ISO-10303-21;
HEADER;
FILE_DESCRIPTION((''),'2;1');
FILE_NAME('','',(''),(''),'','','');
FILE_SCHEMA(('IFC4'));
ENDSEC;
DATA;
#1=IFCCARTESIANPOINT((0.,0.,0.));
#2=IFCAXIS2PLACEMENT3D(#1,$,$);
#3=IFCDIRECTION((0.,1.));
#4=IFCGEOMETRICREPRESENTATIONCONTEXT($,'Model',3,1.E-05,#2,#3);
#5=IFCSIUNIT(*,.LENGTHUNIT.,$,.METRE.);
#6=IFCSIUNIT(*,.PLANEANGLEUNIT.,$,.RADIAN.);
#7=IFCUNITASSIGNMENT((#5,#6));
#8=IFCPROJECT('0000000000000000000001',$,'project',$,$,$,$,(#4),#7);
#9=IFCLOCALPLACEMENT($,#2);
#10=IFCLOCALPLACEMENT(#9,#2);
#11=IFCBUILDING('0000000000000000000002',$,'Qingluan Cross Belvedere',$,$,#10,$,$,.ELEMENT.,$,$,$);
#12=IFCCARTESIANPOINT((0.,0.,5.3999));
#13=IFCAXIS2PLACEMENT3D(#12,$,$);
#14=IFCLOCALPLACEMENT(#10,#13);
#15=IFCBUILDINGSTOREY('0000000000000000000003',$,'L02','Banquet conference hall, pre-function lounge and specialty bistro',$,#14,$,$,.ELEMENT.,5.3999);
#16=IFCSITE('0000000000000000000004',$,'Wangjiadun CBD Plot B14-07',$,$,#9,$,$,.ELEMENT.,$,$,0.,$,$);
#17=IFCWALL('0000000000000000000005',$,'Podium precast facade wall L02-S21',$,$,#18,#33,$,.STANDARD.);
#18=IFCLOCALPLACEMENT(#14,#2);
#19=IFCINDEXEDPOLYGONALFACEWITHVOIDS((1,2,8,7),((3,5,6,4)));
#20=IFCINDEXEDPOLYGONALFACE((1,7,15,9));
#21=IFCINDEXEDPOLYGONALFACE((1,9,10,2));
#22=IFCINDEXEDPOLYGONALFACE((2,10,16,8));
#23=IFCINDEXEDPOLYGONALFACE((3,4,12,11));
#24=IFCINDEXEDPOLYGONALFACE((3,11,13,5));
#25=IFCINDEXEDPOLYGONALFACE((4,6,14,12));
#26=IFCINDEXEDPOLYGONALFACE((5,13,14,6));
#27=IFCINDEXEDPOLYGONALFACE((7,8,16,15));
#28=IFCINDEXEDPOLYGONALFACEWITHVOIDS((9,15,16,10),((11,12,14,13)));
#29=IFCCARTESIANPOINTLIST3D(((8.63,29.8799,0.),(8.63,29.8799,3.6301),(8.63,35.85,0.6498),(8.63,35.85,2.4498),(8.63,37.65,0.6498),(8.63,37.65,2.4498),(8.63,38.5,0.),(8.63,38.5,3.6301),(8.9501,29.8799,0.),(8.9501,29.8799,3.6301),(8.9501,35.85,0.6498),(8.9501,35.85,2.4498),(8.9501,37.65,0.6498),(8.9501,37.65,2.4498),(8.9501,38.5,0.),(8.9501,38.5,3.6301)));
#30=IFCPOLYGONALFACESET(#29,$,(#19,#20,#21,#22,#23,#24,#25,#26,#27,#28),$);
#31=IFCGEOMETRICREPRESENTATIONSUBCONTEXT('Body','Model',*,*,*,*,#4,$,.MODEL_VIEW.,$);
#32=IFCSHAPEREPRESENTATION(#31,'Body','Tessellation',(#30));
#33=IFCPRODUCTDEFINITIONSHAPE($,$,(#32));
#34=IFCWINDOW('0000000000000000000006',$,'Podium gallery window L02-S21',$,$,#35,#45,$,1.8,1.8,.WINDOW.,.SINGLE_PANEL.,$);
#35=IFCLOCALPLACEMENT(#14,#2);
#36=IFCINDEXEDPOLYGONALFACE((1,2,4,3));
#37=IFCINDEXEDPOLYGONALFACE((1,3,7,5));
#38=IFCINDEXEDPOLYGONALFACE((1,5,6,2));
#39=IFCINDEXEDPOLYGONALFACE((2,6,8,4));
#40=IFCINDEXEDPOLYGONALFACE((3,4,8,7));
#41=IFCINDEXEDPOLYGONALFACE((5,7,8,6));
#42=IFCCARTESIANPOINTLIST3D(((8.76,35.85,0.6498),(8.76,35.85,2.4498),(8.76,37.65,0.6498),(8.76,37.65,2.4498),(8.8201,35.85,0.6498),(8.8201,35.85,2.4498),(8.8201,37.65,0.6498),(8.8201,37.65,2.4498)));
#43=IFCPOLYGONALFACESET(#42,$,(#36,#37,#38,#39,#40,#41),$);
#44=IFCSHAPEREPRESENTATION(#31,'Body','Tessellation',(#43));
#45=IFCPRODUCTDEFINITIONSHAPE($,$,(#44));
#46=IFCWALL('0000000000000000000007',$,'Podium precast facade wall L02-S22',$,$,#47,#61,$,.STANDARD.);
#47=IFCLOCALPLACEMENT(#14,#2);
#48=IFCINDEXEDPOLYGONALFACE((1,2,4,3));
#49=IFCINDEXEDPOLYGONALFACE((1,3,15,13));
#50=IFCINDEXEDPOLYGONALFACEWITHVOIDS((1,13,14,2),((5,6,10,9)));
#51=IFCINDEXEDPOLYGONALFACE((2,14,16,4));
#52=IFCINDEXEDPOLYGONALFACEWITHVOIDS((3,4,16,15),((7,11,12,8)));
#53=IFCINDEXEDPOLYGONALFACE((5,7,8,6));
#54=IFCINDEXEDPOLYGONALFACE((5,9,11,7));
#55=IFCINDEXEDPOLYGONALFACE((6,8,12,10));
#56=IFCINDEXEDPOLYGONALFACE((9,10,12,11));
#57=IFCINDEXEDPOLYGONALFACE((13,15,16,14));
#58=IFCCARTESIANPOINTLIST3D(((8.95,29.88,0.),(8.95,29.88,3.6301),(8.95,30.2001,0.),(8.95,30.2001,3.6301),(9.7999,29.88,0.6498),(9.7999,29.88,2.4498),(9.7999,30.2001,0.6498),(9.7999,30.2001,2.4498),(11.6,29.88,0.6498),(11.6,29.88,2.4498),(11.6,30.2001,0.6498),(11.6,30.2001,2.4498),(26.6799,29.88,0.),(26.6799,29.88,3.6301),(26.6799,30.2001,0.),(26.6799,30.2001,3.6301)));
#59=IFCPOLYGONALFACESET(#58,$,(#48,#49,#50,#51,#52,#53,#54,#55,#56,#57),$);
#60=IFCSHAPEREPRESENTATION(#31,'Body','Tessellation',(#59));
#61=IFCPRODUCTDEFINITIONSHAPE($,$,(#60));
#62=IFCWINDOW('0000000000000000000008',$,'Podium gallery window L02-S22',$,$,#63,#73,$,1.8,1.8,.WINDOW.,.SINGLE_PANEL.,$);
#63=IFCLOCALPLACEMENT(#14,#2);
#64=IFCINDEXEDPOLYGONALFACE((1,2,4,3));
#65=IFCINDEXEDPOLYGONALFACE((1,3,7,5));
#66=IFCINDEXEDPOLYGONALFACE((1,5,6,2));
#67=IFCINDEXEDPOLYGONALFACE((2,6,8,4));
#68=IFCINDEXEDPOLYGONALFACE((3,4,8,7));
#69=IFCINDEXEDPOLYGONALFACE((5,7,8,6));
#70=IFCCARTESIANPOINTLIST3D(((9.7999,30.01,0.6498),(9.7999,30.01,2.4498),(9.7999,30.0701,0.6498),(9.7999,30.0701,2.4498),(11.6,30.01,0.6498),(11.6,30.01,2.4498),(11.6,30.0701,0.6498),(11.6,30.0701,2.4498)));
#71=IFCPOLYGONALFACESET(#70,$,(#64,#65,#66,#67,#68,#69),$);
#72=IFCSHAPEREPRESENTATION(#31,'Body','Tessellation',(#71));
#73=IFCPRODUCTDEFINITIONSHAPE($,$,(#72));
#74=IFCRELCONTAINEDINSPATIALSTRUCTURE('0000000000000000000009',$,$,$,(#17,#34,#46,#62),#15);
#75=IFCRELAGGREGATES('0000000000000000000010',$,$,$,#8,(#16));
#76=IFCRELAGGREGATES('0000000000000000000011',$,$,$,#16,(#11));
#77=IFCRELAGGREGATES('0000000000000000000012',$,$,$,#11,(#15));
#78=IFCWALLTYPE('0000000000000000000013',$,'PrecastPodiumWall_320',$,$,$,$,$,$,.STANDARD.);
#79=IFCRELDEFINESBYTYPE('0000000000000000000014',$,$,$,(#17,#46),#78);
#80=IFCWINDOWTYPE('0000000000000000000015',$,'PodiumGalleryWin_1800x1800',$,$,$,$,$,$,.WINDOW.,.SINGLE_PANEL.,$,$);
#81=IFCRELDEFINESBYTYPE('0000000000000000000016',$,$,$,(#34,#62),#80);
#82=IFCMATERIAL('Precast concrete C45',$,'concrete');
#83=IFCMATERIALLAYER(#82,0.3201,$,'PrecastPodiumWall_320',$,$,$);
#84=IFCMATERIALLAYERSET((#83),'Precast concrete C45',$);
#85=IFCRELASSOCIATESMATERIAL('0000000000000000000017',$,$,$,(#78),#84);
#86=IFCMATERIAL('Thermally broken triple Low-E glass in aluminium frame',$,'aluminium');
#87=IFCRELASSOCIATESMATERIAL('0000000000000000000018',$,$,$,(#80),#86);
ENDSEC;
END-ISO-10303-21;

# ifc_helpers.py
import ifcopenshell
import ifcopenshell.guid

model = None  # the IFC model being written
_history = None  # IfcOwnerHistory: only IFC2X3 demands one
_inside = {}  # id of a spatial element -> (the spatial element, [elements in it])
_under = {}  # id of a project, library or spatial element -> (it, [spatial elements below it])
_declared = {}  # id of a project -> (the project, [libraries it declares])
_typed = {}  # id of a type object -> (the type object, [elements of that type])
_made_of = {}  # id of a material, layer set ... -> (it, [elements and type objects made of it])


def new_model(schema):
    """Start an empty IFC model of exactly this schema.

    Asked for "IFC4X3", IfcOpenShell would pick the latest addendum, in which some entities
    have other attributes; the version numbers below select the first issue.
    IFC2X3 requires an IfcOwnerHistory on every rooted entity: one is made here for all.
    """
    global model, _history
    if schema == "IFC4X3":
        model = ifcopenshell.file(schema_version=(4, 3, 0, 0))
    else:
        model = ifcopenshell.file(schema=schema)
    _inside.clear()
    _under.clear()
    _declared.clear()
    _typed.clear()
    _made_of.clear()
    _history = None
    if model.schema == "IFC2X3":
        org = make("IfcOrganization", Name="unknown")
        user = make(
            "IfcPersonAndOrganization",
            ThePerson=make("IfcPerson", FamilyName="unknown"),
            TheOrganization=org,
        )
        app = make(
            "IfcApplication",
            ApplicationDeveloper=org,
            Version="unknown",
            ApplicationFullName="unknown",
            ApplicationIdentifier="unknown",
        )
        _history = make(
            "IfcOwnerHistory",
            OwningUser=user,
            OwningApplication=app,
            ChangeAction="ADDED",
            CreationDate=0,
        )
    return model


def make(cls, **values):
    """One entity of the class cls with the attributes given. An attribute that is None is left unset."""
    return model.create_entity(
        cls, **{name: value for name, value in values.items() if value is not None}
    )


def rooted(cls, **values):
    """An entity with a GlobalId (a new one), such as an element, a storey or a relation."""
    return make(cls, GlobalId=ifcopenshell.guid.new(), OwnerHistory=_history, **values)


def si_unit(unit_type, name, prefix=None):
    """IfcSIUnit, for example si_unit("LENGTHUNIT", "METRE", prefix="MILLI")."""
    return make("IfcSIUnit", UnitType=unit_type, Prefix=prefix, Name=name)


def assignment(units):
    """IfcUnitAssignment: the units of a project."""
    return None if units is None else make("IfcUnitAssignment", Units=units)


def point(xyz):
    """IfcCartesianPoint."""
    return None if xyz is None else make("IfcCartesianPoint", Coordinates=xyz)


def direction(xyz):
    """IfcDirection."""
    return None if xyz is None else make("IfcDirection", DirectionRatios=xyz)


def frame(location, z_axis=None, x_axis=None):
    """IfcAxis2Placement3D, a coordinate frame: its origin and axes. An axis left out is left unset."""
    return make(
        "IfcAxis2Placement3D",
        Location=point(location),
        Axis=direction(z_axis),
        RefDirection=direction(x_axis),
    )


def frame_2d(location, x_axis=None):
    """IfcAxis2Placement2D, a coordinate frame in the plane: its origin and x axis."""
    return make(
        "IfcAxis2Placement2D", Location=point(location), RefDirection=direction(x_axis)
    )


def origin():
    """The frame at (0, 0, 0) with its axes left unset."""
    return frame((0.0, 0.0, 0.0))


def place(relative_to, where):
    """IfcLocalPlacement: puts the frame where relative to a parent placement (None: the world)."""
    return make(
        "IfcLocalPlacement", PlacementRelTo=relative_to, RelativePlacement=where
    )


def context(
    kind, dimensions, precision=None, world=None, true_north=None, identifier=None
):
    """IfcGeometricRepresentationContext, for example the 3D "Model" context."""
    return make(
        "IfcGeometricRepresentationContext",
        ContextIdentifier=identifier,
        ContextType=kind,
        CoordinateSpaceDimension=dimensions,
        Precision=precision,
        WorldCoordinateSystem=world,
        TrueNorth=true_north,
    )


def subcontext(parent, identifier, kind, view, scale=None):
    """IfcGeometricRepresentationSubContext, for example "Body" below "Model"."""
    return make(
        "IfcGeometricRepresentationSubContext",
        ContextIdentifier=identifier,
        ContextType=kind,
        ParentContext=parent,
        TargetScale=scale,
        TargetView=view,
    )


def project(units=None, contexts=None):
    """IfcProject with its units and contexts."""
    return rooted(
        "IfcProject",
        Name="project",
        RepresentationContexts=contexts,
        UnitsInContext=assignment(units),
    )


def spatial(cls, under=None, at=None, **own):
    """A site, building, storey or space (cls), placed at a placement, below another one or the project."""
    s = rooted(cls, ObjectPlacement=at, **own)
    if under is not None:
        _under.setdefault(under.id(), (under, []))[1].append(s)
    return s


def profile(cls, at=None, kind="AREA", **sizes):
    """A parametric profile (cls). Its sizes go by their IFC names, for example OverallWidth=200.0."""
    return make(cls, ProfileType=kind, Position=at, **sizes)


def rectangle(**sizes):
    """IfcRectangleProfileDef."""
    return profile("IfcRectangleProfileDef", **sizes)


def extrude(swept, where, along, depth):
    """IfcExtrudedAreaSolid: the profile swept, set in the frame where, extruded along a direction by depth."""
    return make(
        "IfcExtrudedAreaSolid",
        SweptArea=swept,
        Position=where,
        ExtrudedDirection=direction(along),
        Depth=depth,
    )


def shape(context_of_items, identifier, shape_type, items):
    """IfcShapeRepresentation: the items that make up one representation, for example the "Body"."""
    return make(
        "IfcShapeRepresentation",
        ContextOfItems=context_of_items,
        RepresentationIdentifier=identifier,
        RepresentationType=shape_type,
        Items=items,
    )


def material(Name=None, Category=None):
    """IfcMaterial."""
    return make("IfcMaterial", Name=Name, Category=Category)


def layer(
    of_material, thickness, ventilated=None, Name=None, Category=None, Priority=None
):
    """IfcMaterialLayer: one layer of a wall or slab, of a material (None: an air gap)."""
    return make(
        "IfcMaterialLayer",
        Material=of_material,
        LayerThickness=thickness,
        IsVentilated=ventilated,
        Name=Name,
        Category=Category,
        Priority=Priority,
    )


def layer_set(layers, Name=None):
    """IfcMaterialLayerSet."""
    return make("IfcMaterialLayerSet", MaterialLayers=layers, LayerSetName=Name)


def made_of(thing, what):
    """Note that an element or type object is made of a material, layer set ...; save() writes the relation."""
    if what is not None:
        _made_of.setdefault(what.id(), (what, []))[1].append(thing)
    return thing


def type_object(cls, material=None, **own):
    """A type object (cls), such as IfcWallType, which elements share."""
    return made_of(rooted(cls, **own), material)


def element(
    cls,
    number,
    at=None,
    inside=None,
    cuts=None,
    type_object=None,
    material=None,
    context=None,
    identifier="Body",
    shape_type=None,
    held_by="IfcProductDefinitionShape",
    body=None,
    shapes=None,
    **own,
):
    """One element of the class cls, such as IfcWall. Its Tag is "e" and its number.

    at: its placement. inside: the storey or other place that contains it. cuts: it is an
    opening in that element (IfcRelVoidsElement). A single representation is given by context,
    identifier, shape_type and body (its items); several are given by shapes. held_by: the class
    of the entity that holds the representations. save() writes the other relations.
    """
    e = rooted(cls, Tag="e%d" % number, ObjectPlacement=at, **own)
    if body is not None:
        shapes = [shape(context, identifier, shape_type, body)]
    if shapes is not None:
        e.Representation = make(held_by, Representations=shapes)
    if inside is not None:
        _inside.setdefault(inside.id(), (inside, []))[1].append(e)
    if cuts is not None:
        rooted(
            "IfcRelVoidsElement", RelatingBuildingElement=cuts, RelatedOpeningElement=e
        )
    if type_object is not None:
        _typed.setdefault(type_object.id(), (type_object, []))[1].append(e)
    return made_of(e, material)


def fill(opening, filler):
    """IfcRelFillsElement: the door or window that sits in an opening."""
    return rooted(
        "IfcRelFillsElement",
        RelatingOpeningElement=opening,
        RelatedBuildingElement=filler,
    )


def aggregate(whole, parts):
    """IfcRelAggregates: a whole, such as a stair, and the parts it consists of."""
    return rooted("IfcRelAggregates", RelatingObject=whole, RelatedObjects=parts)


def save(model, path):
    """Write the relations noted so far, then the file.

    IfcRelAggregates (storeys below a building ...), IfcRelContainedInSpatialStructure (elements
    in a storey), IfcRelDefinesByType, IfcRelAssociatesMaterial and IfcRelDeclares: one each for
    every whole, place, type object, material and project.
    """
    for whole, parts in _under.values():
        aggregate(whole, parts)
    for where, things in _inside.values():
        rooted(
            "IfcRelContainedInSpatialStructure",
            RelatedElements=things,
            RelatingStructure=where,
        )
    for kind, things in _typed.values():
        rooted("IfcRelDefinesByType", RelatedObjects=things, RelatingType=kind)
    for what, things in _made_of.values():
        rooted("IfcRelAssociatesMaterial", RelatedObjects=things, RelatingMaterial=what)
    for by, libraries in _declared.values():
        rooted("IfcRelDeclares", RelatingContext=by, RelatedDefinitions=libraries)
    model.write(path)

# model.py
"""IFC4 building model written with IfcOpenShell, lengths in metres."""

from ifc_helpers import new_model, si_unit, direction, frame, frame_2d, origin, place, context, subcontext, project, spatial, rectangle, extrude, material, layer, layer_set, type_object, element, fill, save


model = new_model("IFC4")

# Units and contexts
model_context = context("Model", 3, precision=1e-05, world=origin(), true_north=direction((0.0, 1.0)))
body_context = subcontext(model_context, "Body", "Model", "MODEL_VIEW")
ifc_project = project(units=[si_unit("LENGTHUNIT", "METRE"), si_unit("PLANEANGLEUNIT", "RADIAN")], contexts=[model_context])

# Site, building, storey
site_placement = place(None, origin())
site = spatial("IfcSite", under=ifc_project, at=site_placement, Name="Wangjiadun CBD Plot B14-07", CompositionType="ELEMENT", RefElevation=0.0)
building_placement = place(site_placement, origin())
building = spatial("IfcBuilding", under=site, at=building_placement, Name="Qingluan Cross Belvedere", CompositionType="ELEMENT")
storey_placement = place(building_placement, frame((0.0, 0.0, 5.3999)))
storey = spatial("IfcBuildingStorey", under=building, at=storey_placement, Name="L02", Description="Banquet conference hall, pre-function lounge and specialty bistro", CompositionType="ELEMENT", Elevation=5.3999)

# Shared definitions
ifc_material_1 = material(Name="Precast concrete C45", Category="concrete")
ifc_layer_1 = layer(ifc_material_1, 0.3201, Name="PrecastPodiumWall_320")
ifc_layer_set_1 = layer_set([ifc_layer_1], Name="Precast concrete C45")
wall_type_1 = type_object("IfcWallType", Name="PrecastPodiumWall_320", PredefinedType="STANDARD", material=ifc_layer_set_1)

# Walls, openings, windows
wall_1_placement = place(storey_placement, frame((8.79, 38.5, 0.0), z_axis=(0.0, 0.0, 1.0), x_axis=(0.0, -1.0, 0.0)))
wall_1 = element("IfcWall", 1, at=wall_1_placement, inside=storey, type_object=wall_type_1, Name="Podium precast facade wall L02-S21", PredefinedType="STANDARD", context=body_context, shape_type="SweptSolid", body=[
    extrude(rectangle(XDim=8.6201, YDim=0.3201, at=frame_2d((4.3101, 0.0))), origin(), (0.0, 0.0, 1.0), 3.6301),
])
opening_1_placement = place(wall_1_placement, frame((0.8501, 0.0, 0.6499)))
opening_1 = element("IfcOpeningElement", 2, at=opening_1_placement, cuts=wall_1, PredefinedType="OPENING", context=body_context, shape_type="SweptSolid", body=[
    extrude(rectangle(XDim=1.8, YDim=1.8, at=frame_2d((0.8999, 0.8999))), frame((0.0, 0.1699, 0.0), z_axis=(0.0, -1.0, 0.0), x_axis=(1.0, 0.0, 0.0)), (0.0, 0.0, 1.0), 0.3401),
])
ifc_material_2 = material(Name="Thermally broken triple Low-E glass in aluminium frame", Category="aluminium")
window_type = type_object("IfcWindowType", Name="PodiumGalleryWin_1800x1800", PartitioningType="SINGLE_PANEL", PredefinedType="WINDOW", material=ifc_material_2)
window_1_placement = place(opening_1_placement, origin())
window_1 = element("IfcWindow", 3, at=window_1_placement, inside=storey, type_object=window_type, Name="Podium gallery window L02-S21", OverallHeight=1.8, OverallWidth=1.8, PartitioningType="SINGLE_PANEL", PredefinedType="WINDOW", context=body_context, shape_type="SweptSolid", body=[
    extrude(rectangle(XDim=1.8, YDim=1.8, at=frame_2d((0.8999, 0.8999))), frame((0.0, 0.03, 0.0), z_axis=(0.0, -1.0, 0.0), x_axis=(1.0, 0.0, 0.0)), (0.0, 0.0, 1.0), 0.0601),
])
fill(opening_1, window_1)
wall_2_placement = place(storey_placement, frame((8.95, 30.04, 0.0), z_axis=(0.0, 0.0, 1.0), x_axis=(1.0, 0.0, 0.0)))
wall_2 = element("IfcWall", 4, at=wall_2_placement, inside=storey, type_object=wall_type_1, Name="Podium precast facade wall L02-S22", PredefinedType="STANDARD", context=body_context, shape_type="SweptSolid", body=[
    extrude(rectangle(XDim=17.73, YDim=0.3201, at=frame_2d((8.865, 0.0))), origin(), (0.0, 0.0, 1.0), 3.6301),
])
opening_2_placement = place(wall_2_placement, frame((0.8501, 0.0, 0.6499)))
opening_2 = element("IfcOpeningElement", 5, at=opening_2_placement, cuts=wall_2, PredefinedType="OPENING", context=body_context, shape_type="SweptSolid", body=[
    extrude(rectangle(XDim=1.8, YDim=1.8, at=frame_2d((0.8999, 0.8999))), frame((0.0, 0.1699, 0.0), z_axis=(0.0, -1.0, 0.0), x_axis=(1.0, 0.0, 0.0)), (0.0, 0.0, 1.0), 0.3401),
])
window_2_placement = place(opening_2_placement, origin())
window_2 = element("IfcWindow", 6, at=window_2_placement, inside=storey, type_object=window_type, Name="Podium gallery window L02-S22", OverallHeight=1.8, OverallWidth=1.8, PartitioningType="SINGLE_PANEL", PredefinedType="WINDOW", context=body_context, shape_type="SweptSolid", body=[
    extrude(rectangle(XDim=1.8, YDim=1.8, at=frame_2d((0.8999, 0.8999))), frame((0.0, 0.03, 0.0), z_axis=(0.0, -1.0, 0.0), x_axis=(1.0, 0.0, 0.0)), (0.0, 0.0, 1.0), 0.0601),
])
fill(opening_2, window_2)

save(model, "model.ifc")
